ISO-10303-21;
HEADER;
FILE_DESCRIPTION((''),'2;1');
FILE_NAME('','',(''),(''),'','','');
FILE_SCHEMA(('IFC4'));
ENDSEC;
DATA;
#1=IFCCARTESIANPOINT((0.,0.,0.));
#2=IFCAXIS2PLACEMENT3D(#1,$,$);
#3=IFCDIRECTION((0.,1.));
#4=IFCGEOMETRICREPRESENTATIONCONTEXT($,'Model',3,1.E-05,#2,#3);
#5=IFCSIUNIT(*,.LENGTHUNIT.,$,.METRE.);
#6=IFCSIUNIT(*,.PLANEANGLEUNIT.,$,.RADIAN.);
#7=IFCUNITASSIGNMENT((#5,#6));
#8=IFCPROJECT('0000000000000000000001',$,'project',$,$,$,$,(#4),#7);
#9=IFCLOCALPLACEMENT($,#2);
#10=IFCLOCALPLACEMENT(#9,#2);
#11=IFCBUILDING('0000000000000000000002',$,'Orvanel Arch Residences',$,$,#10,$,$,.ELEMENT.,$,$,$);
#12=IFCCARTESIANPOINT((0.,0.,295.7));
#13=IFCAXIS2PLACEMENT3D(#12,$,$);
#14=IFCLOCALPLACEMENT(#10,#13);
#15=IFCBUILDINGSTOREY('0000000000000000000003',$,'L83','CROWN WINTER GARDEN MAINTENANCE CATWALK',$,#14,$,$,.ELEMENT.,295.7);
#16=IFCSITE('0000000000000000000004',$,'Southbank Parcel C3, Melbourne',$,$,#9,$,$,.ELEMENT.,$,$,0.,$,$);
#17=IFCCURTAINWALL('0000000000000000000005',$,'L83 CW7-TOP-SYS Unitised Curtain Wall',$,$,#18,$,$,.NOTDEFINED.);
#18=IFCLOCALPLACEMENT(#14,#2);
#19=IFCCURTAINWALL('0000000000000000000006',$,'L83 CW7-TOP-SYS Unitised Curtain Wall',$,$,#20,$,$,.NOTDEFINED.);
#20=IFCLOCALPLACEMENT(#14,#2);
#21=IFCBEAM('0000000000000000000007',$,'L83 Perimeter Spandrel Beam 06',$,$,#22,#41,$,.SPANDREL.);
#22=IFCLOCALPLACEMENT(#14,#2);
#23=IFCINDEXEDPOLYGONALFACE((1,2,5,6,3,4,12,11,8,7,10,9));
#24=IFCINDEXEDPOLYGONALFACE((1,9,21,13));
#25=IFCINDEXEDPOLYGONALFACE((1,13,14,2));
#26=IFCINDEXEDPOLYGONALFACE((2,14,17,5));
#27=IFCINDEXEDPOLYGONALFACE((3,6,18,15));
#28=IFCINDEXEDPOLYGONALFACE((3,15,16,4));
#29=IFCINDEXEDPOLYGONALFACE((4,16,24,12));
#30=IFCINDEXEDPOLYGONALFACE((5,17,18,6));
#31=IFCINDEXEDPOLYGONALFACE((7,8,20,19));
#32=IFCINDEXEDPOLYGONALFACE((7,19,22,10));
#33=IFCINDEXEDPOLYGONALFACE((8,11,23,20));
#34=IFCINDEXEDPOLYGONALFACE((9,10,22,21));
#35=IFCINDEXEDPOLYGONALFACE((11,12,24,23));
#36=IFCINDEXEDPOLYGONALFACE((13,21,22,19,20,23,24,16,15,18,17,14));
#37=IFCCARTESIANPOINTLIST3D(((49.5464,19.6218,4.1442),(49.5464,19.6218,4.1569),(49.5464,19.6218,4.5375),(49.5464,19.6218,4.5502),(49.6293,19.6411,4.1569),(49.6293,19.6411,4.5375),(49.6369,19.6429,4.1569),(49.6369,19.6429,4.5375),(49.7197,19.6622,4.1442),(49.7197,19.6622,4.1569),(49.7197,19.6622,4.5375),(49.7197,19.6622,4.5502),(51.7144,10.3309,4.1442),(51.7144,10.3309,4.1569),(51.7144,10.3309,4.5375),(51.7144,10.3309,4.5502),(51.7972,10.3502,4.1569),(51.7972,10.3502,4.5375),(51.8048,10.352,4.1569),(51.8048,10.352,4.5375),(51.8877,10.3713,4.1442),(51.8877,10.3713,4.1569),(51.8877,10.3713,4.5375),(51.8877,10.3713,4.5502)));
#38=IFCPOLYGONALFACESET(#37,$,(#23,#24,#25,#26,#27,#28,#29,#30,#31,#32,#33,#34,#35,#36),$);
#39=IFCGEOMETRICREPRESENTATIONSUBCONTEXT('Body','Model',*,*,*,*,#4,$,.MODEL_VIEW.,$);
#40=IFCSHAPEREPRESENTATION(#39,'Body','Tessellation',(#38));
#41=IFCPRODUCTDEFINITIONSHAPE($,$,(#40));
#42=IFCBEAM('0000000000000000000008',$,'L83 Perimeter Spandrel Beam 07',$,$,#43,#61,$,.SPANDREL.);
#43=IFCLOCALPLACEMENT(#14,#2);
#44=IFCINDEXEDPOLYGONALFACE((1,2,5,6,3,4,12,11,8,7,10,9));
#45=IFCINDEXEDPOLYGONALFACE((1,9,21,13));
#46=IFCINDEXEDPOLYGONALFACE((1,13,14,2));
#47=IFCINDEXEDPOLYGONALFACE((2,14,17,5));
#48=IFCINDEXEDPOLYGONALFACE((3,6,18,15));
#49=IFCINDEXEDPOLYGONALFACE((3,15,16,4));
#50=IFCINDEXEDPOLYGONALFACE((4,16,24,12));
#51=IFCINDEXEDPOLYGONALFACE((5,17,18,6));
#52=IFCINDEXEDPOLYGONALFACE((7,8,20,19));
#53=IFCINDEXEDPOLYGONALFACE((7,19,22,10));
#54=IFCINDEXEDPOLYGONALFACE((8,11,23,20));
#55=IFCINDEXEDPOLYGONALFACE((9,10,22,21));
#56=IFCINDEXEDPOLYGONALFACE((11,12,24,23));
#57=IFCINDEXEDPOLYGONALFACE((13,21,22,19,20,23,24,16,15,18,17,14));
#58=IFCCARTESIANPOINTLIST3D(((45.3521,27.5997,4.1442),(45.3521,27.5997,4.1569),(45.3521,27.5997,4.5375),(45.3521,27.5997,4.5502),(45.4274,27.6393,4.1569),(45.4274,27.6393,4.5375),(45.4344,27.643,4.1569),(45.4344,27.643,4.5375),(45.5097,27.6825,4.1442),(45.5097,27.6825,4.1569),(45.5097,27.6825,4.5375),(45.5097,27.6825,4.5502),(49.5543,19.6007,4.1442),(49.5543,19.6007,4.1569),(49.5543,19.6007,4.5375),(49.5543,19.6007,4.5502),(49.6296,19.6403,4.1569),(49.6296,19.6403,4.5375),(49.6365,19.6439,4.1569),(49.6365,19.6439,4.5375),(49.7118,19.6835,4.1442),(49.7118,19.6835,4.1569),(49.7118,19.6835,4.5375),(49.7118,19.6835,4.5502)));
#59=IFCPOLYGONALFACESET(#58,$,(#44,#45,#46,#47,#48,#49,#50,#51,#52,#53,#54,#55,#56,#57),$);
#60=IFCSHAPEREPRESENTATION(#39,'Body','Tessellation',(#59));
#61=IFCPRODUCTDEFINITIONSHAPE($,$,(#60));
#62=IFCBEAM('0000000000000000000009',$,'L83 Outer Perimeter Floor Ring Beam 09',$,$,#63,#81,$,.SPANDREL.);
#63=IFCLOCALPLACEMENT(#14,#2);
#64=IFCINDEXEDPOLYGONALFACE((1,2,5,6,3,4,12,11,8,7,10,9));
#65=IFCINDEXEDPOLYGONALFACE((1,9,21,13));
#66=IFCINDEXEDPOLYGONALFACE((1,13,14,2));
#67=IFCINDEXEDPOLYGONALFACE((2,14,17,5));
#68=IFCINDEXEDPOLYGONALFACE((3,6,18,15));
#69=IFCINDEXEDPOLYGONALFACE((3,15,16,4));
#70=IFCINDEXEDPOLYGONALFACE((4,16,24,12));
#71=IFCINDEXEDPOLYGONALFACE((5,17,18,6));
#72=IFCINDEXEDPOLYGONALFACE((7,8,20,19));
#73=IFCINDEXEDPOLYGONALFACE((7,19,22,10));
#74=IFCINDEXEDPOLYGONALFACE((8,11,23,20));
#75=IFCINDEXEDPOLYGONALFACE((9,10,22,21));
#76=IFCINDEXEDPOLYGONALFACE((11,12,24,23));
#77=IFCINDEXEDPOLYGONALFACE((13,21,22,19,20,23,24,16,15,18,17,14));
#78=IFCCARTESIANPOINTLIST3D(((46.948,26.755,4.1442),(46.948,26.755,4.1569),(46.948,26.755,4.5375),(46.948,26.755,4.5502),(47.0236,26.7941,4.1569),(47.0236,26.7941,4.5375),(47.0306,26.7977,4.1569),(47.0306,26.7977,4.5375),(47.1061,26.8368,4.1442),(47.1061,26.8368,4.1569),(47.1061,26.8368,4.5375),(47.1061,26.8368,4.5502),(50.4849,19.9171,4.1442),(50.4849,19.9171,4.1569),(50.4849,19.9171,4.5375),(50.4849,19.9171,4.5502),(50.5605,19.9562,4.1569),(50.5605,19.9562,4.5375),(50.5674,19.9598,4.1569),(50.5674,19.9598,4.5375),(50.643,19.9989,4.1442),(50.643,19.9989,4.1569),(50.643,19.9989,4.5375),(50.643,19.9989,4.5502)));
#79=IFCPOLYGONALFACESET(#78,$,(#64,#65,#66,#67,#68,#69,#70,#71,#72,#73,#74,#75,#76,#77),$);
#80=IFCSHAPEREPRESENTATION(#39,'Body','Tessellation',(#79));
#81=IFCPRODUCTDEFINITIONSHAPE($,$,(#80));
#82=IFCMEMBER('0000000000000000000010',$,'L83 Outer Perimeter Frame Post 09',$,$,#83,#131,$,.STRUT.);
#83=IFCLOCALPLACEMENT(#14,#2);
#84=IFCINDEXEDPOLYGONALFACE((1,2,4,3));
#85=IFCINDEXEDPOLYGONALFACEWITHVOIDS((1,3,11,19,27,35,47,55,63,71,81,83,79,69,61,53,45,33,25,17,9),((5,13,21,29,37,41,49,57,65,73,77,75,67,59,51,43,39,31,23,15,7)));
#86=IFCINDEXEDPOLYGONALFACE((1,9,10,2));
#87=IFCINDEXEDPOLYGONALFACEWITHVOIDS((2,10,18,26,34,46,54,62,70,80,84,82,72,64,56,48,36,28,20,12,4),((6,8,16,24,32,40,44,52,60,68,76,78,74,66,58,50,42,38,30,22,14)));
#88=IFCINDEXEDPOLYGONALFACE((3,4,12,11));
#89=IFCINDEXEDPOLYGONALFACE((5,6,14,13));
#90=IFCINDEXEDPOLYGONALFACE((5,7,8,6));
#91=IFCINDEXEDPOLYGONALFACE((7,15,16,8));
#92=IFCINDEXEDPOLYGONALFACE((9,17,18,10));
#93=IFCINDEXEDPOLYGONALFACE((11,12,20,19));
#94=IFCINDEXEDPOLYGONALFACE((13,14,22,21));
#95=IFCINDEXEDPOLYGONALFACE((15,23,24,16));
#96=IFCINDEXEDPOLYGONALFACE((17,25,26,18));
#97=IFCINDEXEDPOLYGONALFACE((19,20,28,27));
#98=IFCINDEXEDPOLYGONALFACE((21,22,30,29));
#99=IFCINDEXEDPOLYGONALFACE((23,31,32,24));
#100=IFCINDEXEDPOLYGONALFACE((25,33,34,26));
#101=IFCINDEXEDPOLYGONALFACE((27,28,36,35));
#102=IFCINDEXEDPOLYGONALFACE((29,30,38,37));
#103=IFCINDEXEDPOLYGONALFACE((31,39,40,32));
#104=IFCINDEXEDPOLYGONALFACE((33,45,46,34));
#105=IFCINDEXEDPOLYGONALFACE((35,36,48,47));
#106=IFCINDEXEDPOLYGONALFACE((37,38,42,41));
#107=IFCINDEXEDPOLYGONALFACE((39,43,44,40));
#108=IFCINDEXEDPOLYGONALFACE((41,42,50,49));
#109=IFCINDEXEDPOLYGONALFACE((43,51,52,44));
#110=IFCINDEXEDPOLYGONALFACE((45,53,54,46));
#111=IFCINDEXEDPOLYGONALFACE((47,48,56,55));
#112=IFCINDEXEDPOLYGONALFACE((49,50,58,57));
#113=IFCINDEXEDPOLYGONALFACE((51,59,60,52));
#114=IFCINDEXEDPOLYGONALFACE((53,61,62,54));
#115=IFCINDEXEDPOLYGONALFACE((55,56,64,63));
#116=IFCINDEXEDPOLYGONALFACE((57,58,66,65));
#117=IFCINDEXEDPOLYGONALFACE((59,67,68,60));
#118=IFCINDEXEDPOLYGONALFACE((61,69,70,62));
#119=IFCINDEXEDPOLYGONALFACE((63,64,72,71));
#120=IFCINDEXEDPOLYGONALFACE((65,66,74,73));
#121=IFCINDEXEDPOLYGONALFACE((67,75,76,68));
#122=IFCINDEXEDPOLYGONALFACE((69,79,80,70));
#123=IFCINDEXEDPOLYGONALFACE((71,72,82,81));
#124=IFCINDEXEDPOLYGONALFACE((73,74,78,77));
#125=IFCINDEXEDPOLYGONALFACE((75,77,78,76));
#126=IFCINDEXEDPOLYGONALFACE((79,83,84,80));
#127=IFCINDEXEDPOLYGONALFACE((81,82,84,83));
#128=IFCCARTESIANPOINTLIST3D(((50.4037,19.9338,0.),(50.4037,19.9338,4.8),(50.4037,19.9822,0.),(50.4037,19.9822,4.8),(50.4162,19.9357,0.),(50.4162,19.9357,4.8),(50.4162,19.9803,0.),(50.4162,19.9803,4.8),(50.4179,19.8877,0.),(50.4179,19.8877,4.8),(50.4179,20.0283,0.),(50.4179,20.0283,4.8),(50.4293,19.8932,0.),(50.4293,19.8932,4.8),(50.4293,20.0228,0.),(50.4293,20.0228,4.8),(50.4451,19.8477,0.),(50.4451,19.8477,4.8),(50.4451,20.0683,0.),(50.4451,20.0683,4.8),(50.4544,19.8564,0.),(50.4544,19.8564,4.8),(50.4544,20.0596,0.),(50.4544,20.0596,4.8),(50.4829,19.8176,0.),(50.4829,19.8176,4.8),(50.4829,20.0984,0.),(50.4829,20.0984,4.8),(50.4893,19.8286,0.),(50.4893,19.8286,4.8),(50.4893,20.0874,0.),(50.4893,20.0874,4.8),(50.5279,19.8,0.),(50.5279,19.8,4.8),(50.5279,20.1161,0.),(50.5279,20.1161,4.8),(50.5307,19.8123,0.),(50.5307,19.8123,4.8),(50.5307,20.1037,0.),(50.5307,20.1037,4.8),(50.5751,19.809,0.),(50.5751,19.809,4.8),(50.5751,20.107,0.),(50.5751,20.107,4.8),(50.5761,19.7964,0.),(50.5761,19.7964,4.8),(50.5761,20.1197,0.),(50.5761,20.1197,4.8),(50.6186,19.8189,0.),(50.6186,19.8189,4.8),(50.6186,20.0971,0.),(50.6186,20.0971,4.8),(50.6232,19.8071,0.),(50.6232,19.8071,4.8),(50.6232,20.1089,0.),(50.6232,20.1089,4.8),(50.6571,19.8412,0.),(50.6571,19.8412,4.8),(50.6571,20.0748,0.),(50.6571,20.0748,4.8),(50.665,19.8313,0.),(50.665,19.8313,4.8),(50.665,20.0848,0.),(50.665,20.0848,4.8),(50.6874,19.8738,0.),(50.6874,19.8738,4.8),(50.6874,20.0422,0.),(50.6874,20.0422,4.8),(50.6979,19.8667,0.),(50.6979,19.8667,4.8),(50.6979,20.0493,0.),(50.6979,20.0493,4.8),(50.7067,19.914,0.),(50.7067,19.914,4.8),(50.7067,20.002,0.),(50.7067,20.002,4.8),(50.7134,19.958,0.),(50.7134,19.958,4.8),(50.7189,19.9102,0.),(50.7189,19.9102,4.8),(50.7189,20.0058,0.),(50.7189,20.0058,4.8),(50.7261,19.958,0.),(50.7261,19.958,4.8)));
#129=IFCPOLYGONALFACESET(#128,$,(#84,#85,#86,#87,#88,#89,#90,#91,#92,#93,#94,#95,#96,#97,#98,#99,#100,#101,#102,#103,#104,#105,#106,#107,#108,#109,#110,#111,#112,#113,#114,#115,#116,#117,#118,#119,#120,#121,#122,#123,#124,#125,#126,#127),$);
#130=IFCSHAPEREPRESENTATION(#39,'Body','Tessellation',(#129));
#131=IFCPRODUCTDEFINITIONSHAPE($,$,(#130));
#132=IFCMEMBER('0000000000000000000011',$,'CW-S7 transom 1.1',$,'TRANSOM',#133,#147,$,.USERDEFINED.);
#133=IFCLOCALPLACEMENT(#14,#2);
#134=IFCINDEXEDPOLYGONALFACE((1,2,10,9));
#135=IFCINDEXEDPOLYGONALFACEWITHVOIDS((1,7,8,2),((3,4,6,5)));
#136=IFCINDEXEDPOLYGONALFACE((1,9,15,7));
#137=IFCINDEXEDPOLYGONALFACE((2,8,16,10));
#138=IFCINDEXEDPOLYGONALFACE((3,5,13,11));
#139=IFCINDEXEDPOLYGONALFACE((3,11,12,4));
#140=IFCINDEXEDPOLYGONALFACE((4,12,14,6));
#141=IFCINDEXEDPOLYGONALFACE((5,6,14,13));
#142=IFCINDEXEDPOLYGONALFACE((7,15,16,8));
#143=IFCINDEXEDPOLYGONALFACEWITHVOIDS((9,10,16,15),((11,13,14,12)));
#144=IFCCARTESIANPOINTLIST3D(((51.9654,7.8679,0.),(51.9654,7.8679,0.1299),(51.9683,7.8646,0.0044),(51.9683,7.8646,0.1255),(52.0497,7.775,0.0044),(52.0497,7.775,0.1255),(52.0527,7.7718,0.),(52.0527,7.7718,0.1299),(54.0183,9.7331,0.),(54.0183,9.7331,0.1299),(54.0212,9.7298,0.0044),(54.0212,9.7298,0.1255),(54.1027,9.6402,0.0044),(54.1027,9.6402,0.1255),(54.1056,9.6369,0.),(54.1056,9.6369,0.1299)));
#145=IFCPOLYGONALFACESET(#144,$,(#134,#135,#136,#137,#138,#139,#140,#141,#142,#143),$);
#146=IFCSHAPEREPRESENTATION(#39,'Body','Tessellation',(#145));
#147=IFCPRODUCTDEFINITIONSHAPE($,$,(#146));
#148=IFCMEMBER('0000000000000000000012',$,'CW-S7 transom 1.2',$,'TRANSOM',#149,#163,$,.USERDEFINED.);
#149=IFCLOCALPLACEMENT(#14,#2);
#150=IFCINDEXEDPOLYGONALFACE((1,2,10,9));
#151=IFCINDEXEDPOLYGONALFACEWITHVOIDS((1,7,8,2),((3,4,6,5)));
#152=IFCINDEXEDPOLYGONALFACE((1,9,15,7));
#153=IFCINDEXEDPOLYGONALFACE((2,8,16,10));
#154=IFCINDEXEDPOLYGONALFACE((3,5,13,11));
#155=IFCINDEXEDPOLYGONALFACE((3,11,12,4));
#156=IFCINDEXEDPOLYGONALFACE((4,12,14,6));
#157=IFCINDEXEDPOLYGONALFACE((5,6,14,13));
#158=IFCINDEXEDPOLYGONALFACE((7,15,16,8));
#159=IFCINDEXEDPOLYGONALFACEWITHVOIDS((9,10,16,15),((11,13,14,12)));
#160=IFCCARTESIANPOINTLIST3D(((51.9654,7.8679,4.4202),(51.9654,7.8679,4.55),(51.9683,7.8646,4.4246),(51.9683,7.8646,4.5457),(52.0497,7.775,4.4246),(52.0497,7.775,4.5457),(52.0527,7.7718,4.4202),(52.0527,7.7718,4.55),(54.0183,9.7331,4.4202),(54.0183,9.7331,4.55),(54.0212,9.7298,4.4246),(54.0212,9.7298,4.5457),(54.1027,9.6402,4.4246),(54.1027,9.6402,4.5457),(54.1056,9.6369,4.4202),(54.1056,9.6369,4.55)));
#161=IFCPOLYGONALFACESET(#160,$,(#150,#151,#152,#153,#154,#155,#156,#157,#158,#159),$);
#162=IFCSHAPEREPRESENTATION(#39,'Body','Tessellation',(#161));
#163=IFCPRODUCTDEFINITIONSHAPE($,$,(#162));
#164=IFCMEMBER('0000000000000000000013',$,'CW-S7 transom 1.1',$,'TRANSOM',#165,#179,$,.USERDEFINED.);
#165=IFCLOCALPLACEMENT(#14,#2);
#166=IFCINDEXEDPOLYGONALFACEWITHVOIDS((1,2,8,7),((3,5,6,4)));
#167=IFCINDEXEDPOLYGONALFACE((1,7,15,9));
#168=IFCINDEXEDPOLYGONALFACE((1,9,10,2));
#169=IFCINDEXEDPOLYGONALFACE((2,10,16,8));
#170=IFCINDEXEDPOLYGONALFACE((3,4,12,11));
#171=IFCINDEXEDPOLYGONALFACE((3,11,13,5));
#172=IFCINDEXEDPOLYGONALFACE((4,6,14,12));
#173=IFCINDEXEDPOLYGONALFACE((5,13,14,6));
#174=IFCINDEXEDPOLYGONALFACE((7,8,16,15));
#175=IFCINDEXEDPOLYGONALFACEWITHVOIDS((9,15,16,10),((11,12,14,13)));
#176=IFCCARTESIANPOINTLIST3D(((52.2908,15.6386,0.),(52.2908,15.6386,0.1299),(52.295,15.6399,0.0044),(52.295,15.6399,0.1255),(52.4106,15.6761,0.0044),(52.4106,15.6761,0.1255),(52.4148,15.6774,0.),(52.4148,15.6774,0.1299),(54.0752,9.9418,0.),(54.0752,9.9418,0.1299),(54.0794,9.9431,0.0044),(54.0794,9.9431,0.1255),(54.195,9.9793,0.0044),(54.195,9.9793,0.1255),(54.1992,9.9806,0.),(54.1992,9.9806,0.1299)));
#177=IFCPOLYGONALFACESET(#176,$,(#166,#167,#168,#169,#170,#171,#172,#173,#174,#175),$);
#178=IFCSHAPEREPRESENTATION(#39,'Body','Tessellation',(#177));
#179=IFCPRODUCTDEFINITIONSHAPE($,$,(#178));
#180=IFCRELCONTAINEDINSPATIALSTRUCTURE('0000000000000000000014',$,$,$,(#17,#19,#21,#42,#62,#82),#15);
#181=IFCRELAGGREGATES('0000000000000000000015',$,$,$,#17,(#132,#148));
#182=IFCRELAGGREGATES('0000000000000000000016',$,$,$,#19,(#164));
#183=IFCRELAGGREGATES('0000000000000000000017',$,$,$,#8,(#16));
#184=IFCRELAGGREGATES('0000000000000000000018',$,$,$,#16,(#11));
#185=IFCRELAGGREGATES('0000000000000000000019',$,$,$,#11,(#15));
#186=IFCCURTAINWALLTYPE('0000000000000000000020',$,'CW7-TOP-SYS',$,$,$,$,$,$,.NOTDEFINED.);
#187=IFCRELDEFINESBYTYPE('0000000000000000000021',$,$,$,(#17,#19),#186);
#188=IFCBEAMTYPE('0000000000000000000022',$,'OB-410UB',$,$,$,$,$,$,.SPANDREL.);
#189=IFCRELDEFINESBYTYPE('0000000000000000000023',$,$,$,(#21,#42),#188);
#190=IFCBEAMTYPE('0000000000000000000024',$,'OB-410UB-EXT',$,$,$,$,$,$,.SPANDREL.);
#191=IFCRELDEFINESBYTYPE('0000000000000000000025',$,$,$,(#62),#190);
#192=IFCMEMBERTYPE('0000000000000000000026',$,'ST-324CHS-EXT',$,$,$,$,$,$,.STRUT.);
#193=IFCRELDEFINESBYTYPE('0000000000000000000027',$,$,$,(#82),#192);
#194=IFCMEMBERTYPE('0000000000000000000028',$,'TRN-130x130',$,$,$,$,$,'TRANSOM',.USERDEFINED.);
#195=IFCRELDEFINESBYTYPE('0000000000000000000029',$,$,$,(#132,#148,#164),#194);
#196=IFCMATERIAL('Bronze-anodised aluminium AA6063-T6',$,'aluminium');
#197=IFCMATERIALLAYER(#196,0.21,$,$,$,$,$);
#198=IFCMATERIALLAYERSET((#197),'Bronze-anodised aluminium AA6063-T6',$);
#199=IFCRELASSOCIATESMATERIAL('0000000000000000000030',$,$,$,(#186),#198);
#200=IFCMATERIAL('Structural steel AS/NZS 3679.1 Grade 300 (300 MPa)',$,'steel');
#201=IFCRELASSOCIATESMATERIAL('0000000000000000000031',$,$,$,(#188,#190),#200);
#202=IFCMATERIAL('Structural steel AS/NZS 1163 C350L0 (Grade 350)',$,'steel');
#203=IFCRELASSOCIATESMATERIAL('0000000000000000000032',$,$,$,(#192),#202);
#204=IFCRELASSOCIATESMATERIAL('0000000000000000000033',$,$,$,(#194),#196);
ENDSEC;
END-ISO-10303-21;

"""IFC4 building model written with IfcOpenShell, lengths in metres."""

from ifc_helpers import new_model, si_unit, direction, frame, origin, origin_2d, place, context, subcontext, project, spatial, hollow_rectangle, hollow_circle, i_section, extrude, material, layer, layer_set, material_profile, profile_set, type_object, element, aggregate, save


model = new_model("IFC4")

# Units and contexts
model_context = context("Model", 3, precision=1e-05, world=origin(), true_north=direction((0.0, 1.0)))
body_context = subcontext(model_context, "Body", "Model", "MODEL_VIEW")
ifc_project = project(units=[si_unit("LENGTHUNIT", "METRE"), si_unit("PLANEANGLEUNIT", "RADIAN")], contexts=[model_context])

# Site, building, storey
site_placement = place(None, origin())
site = spatial("IfcSite", under=ifc_project, at=site_placement, Name="Southbank Parcel C3, Melbourne", CompositionType="ELEMENT", RefElevation=0.0)
building_placement = place(site_placement, origin())
building = spatial("IfcBuilding", under=site, at=building_placement, Name="Orvanel Arch Residences", CompositionType="ELEMENT")
storey_placement = place(building_placement, frame((0.0, 0.0, 295.7)))
storey = spatial("IfcBuildingStorey", under=building, at=storey_placement, Name="L83", Description="CROWN WINTER GARDEN MAINTENANCE CATWALK", CompositionType="ELEMENT", Elevation=295.7)

# Curtain walls
ifc_material_1 = material(Name="Bronze-anodised aluminium AA6063-T6", Category="aluminium")
ifc_layer_1 = layer(ifc_material_1, 0.21)
ifc_layer_set_1 = layer_set([ifc_layer_1], Name="Bronze-anodised aluminium AA6063-T6")
curtain_wall_type = type_object("IfcCurtainWallType", Name="CW7-TOP-SYS", PredefinedType="NOTDEFINED", material=ifc_layer_set_1)
curtain_wall_1_placement = place(storey_placement, origin())
curtain_wall_1 = element("IfcCurtainWall", 1, at=curtain_wall_1_placement, inside=storey, type_object=curtain_wall_type, Name="L83 CW7-TOP-SYS Unitised Curtain Wall", PredefinedType="NOTDEFINED")
curtain_wall_2_placement = place(storey_placement, origin())
curtain_wall_2 = element("IfcCurtainWall", 2, at=curtain_wall_2_placement, inside=storey, type_object=curtain_wall_type, Name="L83 CW7-TOP-SYS Unitised Curtain Wall", PredefinedType="NOTDEFINED")

# Beams
ifc_material_2 = material(Name="Structural steel AS/NZS 3679.1 Grade 300 (300 MPa)", Category="steel")
ifc_material_profile_1 = material_profile(ifc_material_2, i_section(OverallWidth=0.178, OverallDepth=0.406, WebThickness=0.0078, FlangeThickness=0.0127, at=origin_2d()), Name="410UB59.7")
ifc_profile_set_1 = profile_set([ifc_material_profile_1], Name="Structural steel AS/NZS 3679.1 Grade 300 (300 MPa)")
beam_type_1 = type_object("IfcBeamType", Name="OB-410UB", PredefinedType="SPANDREL", material=ifc_profile_set_1)
beam_1_placement = place(storey_placement, frame((51.801, 10.3511, 4.3472), z_axis=(-0.227236, 0.97384, 0.0), x_axis=(-0.97384, -0.227236, 0.0)))
element("IfcBeam", 3, at=beam_1_placement, inside=storey, type_object=beam_type_1, Name="L83 Perimeter Spandrel Beam 06", PredefinedType="SPANDREL", context=body_context, shape_type="SweptSolid", body=[
    extrude(i_section(OverallWidth=0.178, OverallDepth=0.406, WebThickness=0.0078, FlangeThickness=0.0127, at=origin_2d()), origin(), (0.0, 0.0, 1.0), 9.5405),
])
beam_2_placement = place(storey_placement, frame((49.6331, 19.6421, 4.3472), z_axis=(-0.465065, 0.885277, 0.0), x_axis=(-0.885277, -0.465065, 0.0)))
element("IfcBeam", 4, at=beam_2_placement, inside=storey, type_object=beam_type_1, Name="L83 Perimeter Spandrel Beam 07", PredefinedType="SPANDREL", context=body_context, shape_type="SweptSolid", body=[
    extrude(i_section(OverallWidth=0.178, OverallDepth=0.406, WebThickness=0.0078, FlangeThickness=0.0127, at=origin_2d()), origin(), (0.0, 0.0, 1.0), 9.0356),
])
ifc_material_profile_2 = material_profile(ifc_material_2, i_section(OverallWidth=0.178, OverallDepth=0.406, WebThickness=0.0078, FlangeThickness=0.0127, at=origin_2d()), Name="410UB59.7")
ifc_profile_set_2 = profile_set([ifc_material_profile_2], Name="Structural steel AS/NZS 3679.1 Grade 300 (300 MPa)")
beam_type_2 = type_object("IfcBeamType", Name="OB-410UB-EXT", PredefinedType="SPANDREL", material=ifc_profile_set_2)
beam_3_placement = place(storey_placement, frame((50.564, 19.958, 4.3472), z_axis=(-0.459426, 0.888216, 0.0), x_axis=(-0.888216, -0.459426, 0.0)))
element("IfcBeam", 5, at=beam_3_placement, inside=storey, type_object=beam_type_2, Name="L83 Outer Perimeter Floor Ring Beam 09", PredefinedType="SPANDREL", context=body_context, shape_type="SweptSolid", body=[
    extrude(i_section(OverallWidth=0.178, OverallDepth=0.406, WebThickness=0.0078, FlangeThickness=0.0127, at=origin_2d()), origin(), (0.0, 0.0, 1.0), 7.6985),
])

# Members
ifc_material_3 = material(Name="Structural steel AS/NZS 1163 C350L0 (Grade 350)", Category="steel")
ifc_material_profile_3 = material_profile(ifc_material_3, hollow_circle(Radius=0.1621, WallThickness=0.0127, at=origin_2d()), Name="CHS324x12.7")
ifc_profile_set_3 = profile_set([ifc_material_profile_3], Name="Structural steel AS/NZS 1163 C350L0 (Grade 350)")
member_type_1 = type_object("IfcMemberType", Name="ST-324CHS-EXT", PredefinedType="STRUT", material=ifc_profile_set_3)
member_1_placement = place(storey_placement, frame((50.564, 19.958, 0.0), z_axis=(0.0, 0.0, 1.0), x_axis=(1.0, 0.0, 0.0)))
element("IfcMember", 6, at=member_1_placement, inside=storey, type_object=member_type_1, Name="L83 Outer Perimeter Frame Post 09", PredefinedType="STRUT", context=body_context, shape_type="SweptSolid", body=[
    extrude(hollow_circle(Radius=0.1621, WallThickness=0.0127, at=origin_2d()), origin(), (0.0, 0.0, 1.0), 4.8),
])
ifc_material_profile_4 = material_profile(ifc_material_1, hollow_rectangle(XDim=0.1299, YDim=0.1299, WallThickness=0.0044, at=origin_2d()), Name="ALU130x130x4.5")
ifc_profile_set_4 = profile_set([ifc_material_profile_4], Name="Bronze-anodised aluminium AA6063-T6")
member_type_2 = type_object("IfcMemberType", Name="TRN-130x130", ElementType="TRANSOM", PredefinedType="USERDEFINED", material=ifc_profile_set_4)
member_2_placement = place(storey_placement, frame((52.009, 7.8198, 0.0649), z_axis=(0.740139, 0.672454, 0.0), x_axis=(-0.672454, 0.740139, 0.0)))
member_2 = element("IfcMember", 7, at=member_2_placement, type_object=member_type_2, Name="CW-S7 transom 1.1", ObjectType="TRANSOM", PredefinedType="USERDEFINED", context=body_context, shape_type="SweptSolid", body=[
    extrude(hollow_rectangle(XDim=0.1299, YDim=0.1299, WallThickness=0.0044, at=origin_2d()), origin(), (0.0, 0.0, 1.0), 2.7737),
])
member_3_placement = place(storey_placement, frame((52.009, 7.8198, 4.4851), z_axis=(0.740139, 0.672454, 0.0), x_axis=(-0.672454, 0.740139, 0.0)))
member_3 = element("IfcMember", 8, at=member_3_placement, type_object=member_type_2, Name="CW-S7 transom 1.2", ObjectType="TRANSOM", PredefinedType="USERDEFINED", context=body_context, shape_type="SweptSolid", body=[
    extrude(hollow_rectangle(XDim=0.1299, YDim=0.1299, WallThickness=0.0044, at=origin_2d()), origin(), (0.0, 0.0, 1.0), 2.7737),
])
member_4_placement = place(storey_placement, frame((54.1372, 9.9612, 0.0649), z_axis=(-0.298913, 0.95428, 0.0), x_axis=(-0.95428, -0.298913, 0.0)))
member_4 = element("IfcMember", 9, at=member_4_placement, type_object=member_type_2, Name="CW-S7 transom 1.1", ObjectType="TRANSOM", PredefinedType="USERDEFINED", context=body_context, shape_type="SweptSolid", body=[
    extrude(hollow_rectangle(XDim=0.1299, YDim=0.1299, WallThickness=0.0044, at=origin_2d()), origin(), (0.0, 0.0, 1.0), 5.9697),
])

aggregate(curtain_wall_1, [member_2, member_3])
aggregate(curtain_wall_2, [member_4])

save(model, "model.ifc")
